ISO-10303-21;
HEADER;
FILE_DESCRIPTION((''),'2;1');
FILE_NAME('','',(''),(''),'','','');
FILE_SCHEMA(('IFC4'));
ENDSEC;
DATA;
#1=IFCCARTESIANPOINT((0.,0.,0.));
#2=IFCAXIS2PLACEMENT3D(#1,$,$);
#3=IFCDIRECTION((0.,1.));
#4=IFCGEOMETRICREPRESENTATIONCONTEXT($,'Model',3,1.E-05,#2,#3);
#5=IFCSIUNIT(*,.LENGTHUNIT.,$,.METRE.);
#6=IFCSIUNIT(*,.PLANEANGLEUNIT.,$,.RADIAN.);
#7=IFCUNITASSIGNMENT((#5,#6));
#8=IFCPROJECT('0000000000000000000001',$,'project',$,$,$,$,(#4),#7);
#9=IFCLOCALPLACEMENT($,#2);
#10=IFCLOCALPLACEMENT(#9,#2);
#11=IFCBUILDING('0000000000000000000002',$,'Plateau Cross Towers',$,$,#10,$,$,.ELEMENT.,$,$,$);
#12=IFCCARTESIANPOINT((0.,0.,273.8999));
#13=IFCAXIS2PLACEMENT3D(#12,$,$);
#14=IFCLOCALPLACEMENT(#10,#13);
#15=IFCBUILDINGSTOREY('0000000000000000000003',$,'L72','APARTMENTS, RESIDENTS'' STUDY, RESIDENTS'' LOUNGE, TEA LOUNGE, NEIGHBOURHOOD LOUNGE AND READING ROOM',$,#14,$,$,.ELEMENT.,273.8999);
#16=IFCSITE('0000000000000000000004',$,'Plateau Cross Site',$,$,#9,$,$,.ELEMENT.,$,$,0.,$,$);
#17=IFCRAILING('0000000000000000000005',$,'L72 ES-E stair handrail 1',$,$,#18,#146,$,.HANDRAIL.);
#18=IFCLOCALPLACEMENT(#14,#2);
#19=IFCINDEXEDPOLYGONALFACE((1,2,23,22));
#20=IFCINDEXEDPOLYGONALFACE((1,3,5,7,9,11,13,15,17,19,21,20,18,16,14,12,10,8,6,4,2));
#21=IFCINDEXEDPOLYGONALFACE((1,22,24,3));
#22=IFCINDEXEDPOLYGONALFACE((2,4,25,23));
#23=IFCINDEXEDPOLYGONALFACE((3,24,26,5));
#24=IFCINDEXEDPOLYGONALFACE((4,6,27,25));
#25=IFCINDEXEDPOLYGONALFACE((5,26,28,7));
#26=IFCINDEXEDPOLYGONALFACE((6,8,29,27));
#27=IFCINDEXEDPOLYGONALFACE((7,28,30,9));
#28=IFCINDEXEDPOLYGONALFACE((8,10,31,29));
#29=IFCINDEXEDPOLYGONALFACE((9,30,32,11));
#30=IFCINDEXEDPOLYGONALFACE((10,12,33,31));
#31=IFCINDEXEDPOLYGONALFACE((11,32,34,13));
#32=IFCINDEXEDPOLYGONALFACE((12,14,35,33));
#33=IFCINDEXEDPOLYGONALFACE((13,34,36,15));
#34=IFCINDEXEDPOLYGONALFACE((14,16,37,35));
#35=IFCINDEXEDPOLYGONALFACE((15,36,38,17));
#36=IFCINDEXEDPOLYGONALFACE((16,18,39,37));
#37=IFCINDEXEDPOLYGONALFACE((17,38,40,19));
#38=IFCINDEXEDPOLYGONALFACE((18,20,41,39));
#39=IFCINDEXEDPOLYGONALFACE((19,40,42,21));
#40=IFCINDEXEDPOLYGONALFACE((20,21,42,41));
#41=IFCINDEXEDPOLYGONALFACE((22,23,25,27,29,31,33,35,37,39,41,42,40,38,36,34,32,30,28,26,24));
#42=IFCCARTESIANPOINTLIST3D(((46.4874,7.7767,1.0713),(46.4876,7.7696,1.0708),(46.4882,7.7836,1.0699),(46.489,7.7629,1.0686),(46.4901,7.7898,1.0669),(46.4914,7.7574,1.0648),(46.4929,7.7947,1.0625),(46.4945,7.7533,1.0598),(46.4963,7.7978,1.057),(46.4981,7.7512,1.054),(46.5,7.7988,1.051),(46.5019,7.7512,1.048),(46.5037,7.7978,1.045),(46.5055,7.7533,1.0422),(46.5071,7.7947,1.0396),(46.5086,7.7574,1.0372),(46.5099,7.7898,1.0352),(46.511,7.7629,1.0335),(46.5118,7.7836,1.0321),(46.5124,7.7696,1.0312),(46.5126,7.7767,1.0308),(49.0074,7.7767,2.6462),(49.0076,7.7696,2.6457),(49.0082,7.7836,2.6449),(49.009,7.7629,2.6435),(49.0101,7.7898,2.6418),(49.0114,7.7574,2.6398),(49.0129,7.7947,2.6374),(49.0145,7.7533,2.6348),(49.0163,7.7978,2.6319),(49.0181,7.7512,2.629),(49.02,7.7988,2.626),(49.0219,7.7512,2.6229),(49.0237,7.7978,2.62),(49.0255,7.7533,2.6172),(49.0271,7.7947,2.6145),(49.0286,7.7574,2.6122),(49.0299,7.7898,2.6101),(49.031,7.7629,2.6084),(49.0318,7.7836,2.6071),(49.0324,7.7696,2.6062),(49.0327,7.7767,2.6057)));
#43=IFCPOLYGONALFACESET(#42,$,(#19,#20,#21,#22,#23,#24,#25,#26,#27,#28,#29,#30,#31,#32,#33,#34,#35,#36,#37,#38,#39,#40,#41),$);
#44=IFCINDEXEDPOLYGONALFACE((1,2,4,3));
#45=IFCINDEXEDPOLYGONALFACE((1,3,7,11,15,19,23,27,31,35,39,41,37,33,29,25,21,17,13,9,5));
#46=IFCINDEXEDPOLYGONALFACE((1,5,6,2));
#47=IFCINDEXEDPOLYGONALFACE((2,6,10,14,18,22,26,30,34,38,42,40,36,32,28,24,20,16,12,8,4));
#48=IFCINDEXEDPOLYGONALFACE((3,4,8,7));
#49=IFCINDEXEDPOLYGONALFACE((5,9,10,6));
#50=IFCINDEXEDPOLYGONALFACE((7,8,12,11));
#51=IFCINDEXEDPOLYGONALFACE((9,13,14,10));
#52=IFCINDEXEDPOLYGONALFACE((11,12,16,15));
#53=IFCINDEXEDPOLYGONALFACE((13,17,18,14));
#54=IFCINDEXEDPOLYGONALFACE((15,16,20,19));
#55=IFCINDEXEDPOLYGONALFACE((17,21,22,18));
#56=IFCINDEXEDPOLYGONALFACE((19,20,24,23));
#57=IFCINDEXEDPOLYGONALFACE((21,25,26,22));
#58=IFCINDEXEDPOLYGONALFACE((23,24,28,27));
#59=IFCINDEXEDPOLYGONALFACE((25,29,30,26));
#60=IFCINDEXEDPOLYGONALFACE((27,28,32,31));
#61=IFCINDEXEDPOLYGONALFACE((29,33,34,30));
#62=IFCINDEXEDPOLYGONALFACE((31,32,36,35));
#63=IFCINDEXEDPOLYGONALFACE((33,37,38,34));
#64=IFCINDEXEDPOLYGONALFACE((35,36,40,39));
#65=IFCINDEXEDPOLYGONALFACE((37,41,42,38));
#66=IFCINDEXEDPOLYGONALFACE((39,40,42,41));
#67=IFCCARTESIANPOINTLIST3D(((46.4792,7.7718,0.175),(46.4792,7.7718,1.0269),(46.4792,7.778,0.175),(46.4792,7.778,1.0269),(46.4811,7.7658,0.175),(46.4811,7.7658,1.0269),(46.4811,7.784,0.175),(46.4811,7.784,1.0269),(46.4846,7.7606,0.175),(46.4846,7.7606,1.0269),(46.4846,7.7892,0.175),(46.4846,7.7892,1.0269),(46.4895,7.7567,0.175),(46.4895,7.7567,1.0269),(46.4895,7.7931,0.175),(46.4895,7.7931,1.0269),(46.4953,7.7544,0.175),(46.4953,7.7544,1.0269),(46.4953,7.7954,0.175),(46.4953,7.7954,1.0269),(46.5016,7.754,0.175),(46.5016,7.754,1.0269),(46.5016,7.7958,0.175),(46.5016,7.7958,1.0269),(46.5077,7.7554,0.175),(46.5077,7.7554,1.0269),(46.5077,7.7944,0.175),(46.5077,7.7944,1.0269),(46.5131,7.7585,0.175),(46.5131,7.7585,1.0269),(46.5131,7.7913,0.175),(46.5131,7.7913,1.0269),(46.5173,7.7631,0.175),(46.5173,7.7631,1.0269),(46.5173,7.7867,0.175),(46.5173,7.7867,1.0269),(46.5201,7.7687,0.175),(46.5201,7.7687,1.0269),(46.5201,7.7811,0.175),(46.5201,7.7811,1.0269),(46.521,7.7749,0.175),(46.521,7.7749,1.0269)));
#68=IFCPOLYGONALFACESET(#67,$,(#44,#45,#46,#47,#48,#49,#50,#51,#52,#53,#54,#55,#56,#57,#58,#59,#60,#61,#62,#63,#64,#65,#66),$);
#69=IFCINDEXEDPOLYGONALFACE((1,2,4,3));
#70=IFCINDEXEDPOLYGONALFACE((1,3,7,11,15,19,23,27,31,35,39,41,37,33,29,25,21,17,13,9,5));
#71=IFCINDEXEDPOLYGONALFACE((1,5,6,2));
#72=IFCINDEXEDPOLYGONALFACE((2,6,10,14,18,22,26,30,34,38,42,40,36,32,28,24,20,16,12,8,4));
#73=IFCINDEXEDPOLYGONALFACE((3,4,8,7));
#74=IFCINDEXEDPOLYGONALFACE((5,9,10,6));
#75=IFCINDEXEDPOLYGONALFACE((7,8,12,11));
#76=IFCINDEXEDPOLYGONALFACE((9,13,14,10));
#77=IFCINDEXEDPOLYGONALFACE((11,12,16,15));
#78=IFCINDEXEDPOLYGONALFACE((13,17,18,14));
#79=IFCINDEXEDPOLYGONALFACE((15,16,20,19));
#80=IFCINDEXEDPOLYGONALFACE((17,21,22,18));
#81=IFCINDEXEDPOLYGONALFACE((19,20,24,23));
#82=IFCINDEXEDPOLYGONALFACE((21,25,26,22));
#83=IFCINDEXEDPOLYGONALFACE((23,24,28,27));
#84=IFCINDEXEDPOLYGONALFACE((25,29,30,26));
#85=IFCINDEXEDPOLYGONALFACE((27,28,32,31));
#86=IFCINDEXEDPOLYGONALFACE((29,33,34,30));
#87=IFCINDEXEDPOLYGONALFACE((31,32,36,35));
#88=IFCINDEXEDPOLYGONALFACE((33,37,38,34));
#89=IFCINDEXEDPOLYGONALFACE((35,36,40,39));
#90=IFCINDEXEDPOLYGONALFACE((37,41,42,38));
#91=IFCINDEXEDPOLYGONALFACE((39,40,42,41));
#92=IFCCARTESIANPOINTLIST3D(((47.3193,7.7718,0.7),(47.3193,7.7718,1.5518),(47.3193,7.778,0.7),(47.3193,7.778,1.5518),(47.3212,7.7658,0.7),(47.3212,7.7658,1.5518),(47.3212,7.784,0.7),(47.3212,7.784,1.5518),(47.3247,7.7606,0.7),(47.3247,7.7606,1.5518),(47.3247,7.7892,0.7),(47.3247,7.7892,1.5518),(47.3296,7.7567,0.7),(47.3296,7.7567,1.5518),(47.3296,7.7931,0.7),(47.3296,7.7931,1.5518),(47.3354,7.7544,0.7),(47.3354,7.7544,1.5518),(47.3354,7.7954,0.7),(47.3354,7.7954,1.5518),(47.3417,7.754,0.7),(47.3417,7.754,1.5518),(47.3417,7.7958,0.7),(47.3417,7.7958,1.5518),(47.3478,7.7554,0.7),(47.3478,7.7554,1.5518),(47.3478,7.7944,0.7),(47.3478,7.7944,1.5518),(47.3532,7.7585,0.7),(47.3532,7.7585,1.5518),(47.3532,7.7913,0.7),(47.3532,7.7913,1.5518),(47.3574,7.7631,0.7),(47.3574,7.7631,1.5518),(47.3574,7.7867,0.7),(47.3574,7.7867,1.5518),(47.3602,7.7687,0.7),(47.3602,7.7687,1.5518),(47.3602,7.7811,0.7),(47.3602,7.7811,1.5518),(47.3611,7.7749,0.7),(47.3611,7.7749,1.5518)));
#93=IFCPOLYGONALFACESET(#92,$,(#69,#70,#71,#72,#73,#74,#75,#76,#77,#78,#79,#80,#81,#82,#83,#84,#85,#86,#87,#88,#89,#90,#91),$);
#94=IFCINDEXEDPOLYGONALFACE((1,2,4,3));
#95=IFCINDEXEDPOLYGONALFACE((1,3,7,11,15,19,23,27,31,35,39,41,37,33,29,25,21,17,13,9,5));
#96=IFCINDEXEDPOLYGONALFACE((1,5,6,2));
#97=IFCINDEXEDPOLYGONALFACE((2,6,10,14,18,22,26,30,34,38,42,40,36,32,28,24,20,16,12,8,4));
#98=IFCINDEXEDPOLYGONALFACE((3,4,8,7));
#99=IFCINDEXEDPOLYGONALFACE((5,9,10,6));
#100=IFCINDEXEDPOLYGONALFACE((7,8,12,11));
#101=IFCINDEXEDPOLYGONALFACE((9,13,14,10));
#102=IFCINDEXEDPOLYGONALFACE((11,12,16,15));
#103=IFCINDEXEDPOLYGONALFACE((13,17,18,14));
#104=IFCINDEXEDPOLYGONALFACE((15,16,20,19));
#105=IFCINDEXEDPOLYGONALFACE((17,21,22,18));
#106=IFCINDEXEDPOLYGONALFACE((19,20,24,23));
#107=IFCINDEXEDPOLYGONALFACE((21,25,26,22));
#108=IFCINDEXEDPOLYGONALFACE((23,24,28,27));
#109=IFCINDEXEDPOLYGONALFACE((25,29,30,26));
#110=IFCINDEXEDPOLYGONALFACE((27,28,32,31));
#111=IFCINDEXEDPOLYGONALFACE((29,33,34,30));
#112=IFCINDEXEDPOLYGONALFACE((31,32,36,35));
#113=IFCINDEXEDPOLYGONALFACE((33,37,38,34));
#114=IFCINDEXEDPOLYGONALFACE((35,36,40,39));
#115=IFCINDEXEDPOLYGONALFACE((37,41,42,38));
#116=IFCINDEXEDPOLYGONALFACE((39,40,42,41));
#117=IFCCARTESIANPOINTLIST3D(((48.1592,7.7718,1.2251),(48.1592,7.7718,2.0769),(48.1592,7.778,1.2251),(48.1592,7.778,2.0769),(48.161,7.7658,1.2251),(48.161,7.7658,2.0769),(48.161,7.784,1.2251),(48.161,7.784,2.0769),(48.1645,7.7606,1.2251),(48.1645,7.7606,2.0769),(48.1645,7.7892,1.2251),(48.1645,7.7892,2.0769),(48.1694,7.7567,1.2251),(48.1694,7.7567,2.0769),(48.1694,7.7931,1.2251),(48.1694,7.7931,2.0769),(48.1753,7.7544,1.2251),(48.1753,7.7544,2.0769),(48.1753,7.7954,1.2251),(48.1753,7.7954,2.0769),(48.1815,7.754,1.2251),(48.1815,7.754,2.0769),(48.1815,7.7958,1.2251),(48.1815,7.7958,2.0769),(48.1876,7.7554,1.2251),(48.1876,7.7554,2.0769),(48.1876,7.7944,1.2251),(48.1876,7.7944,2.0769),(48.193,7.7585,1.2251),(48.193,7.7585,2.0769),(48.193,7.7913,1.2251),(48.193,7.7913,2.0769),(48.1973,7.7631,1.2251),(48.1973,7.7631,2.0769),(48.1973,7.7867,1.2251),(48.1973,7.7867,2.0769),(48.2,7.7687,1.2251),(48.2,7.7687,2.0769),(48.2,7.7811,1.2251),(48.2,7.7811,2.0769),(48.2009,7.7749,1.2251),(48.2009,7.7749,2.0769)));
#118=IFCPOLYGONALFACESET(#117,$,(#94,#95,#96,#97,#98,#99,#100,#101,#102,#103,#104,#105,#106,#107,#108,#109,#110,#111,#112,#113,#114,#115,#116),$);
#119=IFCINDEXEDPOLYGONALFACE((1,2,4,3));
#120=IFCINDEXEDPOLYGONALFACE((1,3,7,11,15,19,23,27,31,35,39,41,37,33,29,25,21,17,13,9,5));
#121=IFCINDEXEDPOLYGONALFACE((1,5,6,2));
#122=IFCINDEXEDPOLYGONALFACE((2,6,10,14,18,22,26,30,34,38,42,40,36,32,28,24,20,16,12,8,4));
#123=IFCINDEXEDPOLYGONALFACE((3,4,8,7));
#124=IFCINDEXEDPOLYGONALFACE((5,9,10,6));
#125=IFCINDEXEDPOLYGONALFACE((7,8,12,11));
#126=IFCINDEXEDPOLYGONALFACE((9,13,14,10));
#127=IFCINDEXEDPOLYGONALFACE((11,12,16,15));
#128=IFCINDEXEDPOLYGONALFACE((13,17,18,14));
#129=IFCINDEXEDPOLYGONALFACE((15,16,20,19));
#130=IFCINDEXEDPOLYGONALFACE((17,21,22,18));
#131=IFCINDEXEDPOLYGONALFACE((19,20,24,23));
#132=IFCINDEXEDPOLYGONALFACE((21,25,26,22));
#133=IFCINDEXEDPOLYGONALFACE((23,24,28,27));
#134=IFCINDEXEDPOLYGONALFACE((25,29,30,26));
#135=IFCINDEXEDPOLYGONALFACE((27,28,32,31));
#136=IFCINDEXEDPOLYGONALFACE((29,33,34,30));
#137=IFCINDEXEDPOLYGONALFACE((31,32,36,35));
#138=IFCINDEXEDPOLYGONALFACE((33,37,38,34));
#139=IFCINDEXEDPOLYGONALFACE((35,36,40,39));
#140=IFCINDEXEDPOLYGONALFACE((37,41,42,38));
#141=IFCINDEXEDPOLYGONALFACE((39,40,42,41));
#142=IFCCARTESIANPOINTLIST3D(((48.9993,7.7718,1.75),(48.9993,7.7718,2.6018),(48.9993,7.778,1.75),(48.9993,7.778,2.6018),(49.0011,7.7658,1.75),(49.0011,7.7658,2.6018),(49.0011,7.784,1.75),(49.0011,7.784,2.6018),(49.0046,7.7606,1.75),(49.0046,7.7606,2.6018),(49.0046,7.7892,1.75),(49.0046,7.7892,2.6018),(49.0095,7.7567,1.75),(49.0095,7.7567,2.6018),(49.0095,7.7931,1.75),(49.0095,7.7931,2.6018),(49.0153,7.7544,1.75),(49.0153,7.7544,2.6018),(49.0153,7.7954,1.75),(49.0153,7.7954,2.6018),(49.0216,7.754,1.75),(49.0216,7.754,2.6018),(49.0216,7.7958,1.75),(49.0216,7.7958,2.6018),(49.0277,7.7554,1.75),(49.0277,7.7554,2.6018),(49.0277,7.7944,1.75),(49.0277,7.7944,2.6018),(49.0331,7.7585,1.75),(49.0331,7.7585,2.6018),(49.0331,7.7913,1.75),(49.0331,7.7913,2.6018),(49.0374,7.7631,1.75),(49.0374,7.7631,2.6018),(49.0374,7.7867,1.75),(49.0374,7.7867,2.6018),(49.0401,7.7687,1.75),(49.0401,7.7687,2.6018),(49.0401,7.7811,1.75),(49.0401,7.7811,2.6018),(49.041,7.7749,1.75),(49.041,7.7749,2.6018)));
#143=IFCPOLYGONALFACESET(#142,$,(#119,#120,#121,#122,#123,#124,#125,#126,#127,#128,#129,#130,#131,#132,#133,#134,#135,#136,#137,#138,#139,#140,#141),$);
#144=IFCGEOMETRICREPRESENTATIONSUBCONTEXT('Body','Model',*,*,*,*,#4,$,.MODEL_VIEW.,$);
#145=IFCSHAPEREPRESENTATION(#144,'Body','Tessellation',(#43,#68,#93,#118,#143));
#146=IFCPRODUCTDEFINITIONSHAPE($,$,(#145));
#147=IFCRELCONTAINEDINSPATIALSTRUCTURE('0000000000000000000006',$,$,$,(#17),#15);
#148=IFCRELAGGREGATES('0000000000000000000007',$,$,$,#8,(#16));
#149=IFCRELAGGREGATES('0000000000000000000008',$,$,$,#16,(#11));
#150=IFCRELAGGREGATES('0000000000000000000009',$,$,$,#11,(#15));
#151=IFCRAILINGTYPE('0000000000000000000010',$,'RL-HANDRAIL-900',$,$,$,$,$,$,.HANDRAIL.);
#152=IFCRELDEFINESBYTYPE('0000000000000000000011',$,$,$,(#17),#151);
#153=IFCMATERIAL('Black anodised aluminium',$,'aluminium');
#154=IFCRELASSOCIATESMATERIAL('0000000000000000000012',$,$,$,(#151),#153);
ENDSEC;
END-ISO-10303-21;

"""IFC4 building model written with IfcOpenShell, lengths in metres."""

from ifc_helpers import new_model, si_unit, direction, frame, origin, origin_2d, place, context, subcontext, project, spatial, circle, extrude, material, type_object, element, save


model = new_model("IFC4")

# Units and contexts
model_context = context("Model", 3, precision=1e-05, world=origin(), true_north=direction((0.0, 1.0)))
body_context = subcontext(model_context, "Body", "Model", "MODEL_VIEW")
ifc_project = project(units=[si_unit("LENGTHUNIT", "METRE"), si_unit("PLANEANGLEUNIT", "RADIAN")], contexts=[model_context])

# Site, building, storey
site_placement = place(None, origin())
site = spatial("IfcSite", under=ifc_project, at=site_placement, Name="Plateau Cross Site", CompositionType="ELEMENT", RefElevation=0.0)
building_placement = place(site_placement, origin())
building = spatial("IfcBuilding", under=site, at=building_placement, Name="Plateau Cross Towers", CompositionType="ELEMENT")
storey_placement = place(building_placement, frame((0.0, 0.0, 273.8999)))
storey = spatial("IfcBuildingStorey", under=building, at=storey_placement, Name="L72", Description="APARTMENTS, RESIDENTS' STUDY, RESIDENTS' LOUNGE, TEA LOUNGE, NEIGHBOURHOOD LOUNGE AND READING ROOM", CompositionType="ELEMENT", Elevation=273.8999)

# Shared definitions
ifc_material_1 = material(Name="Black anodised aluminium", Category="aluminium")

# Railing
railing_type = type_object("IfcRailingType", Name="RL-HANDRAIL-900", PredefinedType="HANDRAIL", material=ifc_material_1)
railing_placement = place(storey_placement, frame((46.5, 7.7749, 0.175)))
element("IfcRailing", 1, at=railing_placement, inside=storey, type_object=railing_type, Name="L72 ES-E stair handrail 1", PredefinedType="HANDRAIL", context=body_context, shape_type="SweptSolid", body=[
    extrude(circle(Radius=0.0239, at=origin_2d()), frame((0.0, 0.0, 0.876), z_axis=(0.848008, 0.0, 0.529984), x_axis=(0.0, 1.0, 0.0)), (0.0, 0.0, 1.0), 2.9717),
    extrude(circle(Radius=0.021, at=origin_2d()), origin(), (0.0, 0.0, 1.0), 0.8518),
    extrude(circle(Radius=0.021, at=origin_2d()), frame((0.8401, 0.0, 0.5249)), (0.0, 0.0, 1.0), 0.8518),
    extrude(circle(Radius=0.021, at=origin_2d()), frame((1.6799, 0.0, 1.05)), (0.0, 0.0, 1.0), 0.8518),
    extrude(circle(Radius=0.021, at=origin_2d()), frame((2.52, 0.0, 1.575)), (0.0, 0.0, 1.0), 0.8518),
])

save(model, "model.ifc")
